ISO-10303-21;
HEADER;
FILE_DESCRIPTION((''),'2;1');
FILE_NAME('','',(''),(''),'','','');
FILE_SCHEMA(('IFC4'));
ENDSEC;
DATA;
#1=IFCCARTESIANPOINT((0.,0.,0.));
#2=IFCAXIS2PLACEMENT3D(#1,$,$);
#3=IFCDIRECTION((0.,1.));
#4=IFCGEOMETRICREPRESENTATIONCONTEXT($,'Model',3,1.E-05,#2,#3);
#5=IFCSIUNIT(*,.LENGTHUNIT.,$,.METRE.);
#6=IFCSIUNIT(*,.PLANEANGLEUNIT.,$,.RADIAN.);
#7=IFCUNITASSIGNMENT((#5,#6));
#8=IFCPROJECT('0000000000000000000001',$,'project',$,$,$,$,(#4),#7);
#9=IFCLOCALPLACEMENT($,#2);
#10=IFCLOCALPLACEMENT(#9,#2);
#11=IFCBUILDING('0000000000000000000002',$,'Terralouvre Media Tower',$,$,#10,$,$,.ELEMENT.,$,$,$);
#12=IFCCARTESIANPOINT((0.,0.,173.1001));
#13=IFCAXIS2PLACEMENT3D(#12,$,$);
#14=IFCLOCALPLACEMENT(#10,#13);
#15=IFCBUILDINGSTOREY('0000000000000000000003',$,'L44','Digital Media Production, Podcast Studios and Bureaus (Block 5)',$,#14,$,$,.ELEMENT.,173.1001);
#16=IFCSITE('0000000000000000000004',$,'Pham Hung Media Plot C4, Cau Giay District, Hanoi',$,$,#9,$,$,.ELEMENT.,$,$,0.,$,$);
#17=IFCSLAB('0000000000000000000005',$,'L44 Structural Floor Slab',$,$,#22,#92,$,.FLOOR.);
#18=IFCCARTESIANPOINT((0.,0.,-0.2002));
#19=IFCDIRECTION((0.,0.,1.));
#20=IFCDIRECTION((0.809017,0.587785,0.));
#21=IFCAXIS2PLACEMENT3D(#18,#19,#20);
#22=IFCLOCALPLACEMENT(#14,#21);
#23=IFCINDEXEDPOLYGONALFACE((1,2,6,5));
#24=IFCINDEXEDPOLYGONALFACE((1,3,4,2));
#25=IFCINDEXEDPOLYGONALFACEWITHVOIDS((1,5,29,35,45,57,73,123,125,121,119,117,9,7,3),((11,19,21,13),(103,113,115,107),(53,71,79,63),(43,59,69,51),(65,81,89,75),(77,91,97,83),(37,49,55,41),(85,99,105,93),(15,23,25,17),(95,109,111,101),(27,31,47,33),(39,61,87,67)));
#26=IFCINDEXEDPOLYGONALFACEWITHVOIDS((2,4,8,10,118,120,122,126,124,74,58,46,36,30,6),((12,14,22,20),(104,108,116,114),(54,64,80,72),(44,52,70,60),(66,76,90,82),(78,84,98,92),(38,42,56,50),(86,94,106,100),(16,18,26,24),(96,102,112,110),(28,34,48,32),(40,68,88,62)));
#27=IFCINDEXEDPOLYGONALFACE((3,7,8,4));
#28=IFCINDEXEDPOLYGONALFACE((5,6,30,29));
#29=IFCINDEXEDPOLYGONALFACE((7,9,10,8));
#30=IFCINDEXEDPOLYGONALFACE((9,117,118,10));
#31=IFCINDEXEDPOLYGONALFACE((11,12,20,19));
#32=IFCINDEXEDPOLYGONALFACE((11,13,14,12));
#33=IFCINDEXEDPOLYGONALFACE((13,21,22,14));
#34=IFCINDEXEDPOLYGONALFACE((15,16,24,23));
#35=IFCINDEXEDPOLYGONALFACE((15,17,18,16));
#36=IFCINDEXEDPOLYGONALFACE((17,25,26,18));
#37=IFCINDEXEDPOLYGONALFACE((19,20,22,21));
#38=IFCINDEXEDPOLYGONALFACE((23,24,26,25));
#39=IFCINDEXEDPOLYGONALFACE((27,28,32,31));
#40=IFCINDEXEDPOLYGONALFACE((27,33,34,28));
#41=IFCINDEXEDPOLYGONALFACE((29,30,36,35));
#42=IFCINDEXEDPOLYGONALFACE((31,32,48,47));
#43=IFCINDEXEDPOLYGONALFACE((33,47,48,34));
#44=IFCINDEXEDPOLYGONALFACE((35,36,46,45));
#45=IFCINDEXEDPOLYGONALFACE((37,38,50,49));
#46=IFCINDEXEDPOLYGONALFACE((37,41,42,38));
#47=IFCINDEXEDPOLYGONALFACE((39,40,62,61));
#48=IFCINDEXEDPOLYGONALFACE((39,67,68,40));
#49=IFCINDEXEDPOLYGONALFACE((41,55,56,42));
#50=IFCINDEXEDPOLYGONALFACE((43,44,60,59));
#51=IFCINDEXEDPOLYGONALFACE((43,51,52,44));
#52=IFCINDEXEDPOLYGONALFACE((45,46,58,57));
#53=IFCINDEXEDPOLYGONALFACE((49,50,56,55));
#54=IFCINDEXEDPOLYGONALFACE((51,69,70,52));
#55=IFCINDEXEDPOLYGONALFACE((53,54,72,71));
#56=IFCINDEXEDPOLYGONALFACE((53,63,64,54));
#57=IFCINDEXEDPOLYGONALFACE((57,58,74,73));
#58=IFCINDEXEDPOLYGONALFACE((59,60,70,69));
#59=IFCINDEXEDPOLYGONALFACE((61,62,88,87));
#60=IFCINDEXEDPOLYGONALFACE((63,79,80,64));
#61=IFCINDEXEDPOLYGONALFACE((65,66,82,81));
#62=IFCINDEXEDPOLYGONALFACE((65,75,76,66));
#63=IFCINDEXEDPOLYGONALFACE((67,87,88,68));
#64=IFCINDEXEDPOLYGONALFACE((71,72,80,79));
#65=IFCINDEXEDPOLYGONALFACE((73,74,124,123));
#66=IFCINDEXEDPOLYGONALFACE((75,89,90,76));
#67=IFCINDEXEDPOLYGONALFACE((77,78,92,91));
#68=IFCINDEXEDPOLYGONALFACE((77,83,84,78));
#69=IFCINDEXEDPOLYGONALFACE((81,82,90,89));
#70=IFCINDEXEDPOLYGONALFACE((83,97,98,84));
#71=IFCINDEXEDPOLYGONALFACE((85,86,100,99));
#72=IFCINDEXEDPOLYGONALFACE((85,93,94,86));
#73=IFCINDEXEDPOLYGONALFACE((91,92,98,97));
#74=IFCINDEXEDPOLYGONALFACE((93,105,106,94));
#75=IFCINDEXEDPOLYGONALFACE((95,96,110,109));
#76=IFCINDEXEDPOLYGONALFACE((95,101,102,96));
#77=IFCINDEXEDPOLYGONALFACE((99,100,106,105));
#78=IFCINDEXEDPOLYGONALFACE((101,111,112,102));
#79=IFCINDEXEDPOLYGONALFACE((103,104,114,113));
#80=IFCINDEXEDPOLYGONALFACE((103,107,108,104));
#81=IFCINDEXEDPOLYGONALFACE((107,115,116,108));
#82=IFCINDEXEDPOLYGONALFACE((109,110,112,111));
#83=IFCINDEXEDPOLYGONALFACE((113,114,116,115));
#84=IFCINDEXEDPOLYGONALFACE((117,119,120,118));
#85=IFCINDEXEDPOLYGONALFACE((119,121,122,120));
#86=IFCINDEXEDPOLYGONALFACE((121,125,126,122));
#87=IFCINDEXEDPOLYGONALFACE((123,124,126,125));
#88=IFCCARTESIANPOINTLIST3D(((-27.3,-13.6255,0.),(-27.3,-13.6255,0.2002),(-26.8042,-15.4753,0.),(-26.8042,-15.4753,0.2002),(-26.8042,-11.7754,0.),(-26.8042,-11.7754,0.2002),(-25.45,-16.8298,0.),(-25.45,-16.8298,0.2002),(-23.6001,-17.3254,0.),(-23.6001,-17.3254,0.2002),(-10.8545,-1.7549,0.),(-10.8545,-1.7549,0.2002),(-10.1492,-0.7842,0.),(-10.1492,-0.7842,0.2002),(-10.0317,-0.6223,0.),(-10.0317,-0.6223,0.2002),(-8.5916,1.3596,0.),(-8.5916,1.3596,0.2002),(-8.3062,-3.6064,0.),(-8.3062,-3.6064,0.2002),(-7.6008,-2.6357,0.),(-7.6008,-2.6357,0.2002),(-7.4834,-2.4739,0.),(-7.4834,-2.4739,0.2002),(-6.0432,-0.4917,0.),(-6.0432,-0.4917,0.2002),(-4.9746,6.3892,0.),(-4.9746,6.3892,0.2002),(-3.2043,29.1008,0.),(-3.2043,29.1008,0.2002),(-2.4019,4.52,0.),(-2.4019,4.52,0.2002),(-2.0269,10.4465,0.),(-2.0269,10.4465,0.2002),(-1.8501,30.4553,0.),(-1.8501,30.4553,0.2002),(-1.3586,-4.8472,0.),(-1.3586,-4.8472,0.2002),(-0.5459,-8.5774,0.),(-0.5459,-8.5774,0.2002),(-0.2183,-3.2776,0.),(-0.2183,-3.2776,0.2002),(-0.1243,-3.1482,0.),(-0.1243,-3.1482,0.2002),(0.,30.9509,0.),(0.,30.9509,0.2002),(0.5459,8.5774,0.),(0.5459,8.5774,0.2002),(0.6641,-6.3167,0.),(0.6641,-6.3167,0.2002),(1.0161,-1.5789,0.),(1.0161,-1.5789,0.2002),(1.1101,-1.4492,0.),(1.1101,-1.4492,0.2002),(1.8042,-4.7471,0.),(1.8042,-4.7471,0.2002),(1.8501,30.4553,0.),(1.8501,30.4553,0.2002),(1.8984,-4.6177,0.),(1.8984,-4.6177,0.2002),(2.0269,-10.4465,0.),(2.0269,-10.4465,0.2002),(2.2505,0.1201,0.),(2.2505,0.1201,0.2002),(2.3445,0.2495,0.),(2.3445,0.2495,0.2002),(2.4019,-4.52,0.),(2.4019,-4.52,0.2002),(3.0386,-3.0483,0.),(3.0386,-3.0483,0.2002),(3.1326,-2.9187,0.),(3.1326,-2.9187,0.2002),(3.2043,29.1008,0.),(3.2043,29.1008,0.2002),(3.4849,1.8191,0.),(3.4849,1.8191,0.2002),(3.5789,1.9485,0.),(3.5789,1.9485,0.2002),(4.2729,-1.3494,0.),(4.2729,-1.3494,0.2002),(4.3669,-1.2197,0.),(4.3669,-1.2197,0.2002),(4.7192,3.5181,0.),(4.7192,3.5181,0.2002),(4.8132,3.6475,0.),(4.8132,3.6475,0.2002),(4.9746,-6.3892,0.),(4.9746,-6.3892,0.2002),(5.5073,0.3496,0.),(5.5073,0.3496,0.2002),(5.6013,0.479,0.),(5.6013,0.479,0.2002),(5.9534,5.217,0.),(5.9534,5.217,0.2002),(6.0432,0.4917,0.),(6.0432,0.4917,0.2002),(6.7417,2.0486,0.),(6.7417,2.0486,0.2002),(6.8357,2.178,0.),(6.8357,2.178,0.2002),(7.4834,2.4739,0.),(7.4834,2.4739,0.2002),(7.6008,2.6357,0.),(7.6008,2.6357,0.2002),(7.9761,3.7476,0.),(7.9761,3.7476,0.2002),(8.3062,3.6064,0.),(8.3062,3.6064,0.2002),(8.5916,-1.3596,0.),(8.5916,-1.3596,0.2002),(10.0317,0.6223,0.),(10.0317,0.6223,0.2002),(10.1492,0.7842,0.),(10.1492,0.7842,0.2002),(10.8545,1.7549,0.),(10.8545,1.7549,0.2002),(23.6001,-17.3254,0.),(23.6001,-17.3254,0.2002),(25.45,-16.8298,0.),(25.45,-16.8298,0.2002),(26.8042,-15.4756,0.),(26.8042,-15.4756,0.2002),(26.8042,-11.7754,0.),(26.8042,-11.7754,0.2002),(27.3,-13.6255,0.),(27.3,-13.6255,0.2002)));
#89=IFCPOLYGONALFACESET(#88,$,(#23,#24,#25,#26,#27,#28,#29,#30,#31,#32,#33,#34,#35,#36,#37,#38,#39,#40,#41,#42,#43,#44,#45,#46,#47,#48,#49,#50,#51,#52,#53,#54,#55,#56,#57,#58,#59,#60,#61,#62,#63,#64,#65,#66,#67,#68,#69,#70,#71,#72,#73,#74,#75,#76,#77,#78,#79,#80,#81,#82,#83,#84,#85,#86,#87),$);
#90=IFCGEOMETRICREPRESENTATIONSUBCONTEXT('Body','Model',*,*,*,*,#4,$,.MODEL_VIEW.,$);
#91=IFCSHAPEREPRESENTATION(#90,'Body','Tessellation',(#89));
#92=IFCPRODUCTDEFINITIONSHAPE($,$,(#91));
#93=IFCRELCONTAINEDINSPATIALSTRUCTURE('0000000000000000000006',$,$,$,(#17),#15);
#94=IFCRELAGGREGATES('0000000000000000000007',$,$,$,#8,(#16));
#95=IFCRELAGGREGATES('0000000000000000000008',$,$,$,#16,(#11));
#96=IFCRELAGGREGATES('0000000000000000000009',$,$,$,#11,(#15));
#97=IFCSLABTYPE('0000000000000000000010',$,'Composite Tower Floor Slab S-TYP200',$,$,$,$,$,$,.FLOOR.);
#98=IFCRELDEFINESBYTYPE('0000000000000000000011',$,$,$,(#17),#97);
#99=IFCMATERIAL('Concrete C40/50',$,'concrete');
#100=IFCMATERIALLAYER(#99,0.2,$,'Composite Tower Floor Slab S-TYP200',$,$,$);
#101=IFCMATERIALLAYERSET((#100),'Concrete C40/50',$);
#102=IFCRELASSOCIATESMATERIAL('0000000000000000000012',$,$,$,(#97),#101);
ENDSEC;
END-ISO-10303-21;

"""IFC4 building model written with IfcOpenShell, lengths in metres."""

from ifc_helpers import new_model, si_unit, direction, frame, origin, place, context, subcontext, project, spatial, polyline, outline, extrude, material, layer, layer_set, type_object, element, save


model = new_model("IFC4")

# Units and contexts
model_context = context("Model", 3, precision=1e-05, world=origin(), true_north=direction((0.0, 1.0)))
body_context = subcontext(model_context, "Body", "Model", "MODEL_VIEW")
ifc_project = project(units=[si_unit("LENGTHUNIT", "METRE"), si_unit("PLANEANGLEUNIT", "RADIAN")], contexts=[model_context])

# Site, building, storey
site_placement = place(None, origin())
site = spatial("IfcSite", under=ifc_project, at=site_placement, Name="Pham Hung Media Plot C4, Cau Giay District, Hanoi", CompositionType="ELEMENT", RefElevation=0.0)
building_placement = place(site_placement, origin())
building = spatial("IfcBuilding", under=site, at=building_placement, Name="Terralouvre Media Tower", CompositionType="ELEMENT")
storey_placement = place(building_placement, frame((0.0, 0.0, 173.1001)))
storey = spatial("IfcBuildingStorey", under=building, at=storey_placement, Name="L44", Description="Digital Media Production, Podcast Studios and Bureaus (Block 5)", CompositionType="ELEMENT", Elevation=173.1001)

# Slab
ifc_material_1 = material(Name="Concrete C40/50", Category="concrete")
ifc_layer_1 = layer(ifc_material_1, 0.2, Name="Composite Tower Floor Slab S-TYP200")
ifc_layer_set_1 = layer_set([ifc_layer_1], Name="Concrete C40/50")
slab_type = type_object("IfcSlabType", Name="Composite Tower Floor Slab S-TYP200", PredefinedType="FLOOR", material=ifc_layer_set_1)
slab_placement = place(storey_placement, frame((0.0, 0.0, -0.2002), z_axis=(0.0, 0.0, 1.0), x_axis=(0.809017, 0.587785, 0.0)))
element("IfcSlab", 1, at=slab_placement, inside=storey, type_object=slab_type, Name="L44 Structural Floor Slab", PredefinedType="FLOOR", context=body_context, shape_type="SweptSolid", body=[
    extrude(outline(polyline([(-26.8042, -11.7754), (-27.3, -13.6255), (-26.8042, -15.4753), (-25.45, -16.8298), (-23.6001, -17.3254), (23.6001, -17.3254), (25.45, -16.8298), (26.8042, -15.4756), (27.3, -13.6255), (26.8042, -11.7754), (3.2043, 29.1008), (1.8501, 30.4553), (0.0, 30.9509), (-1.8501, 30.4553), (-3.2043, 29.1008), (-26.8042, -11.7754)]), holes=[polyline([(-7.6008, -2.6357), (-8.3062, -3.6064), (-10.8545, -1.7549), (-10.1492, -0.7842), (-7.6008, -2.6357)]), polyline([(-7.4834, -2.4739), (-10.0317, -0.6223), (-8.5916, 1.3596), (-6.0432, -0.4917), (-7.4834, -2.4739)]), polyline([(4.3669, -1.2197), (2.3445, 0.2495), (3.4849, 1.8191), (5.5073, 0.3496), (4.3669, -1.2197)]), polyline([(6.7417, 2.0486), (5.6013, 0.479), (3.5789, 1.9485), (4.7192, 3.5181), (6.7417, 2.0486)]), polyline([(-2.4019, 4.52), (-4.9746, 6.3892), (-2.0269, 10.4465), (0.5459, 8.5774), (-2.4019, 4.52)]), polyline([(6.8357, 2.178), (4.8132, 3.6475), (5.9534, 5.217), (7.9761, 3.7476), (6.8357, 2.178)]), polyline([(-0.5459, -8.5774), (2.4019, -4.52), (4.9746, -6.3892), (2.0269, -10.4465), (-0.5459, -8.5774)]), polyline([(0.6641, -6.3167), (-1.3586, -4.8472), (-0.2183, -3.2776), (1.8042, -4.7471), (0.6641, -6.3167)]), polyline([(1.8984, -4.6177), (-0.1243, -3.1482), (1.0161, -1.5789), (3.0386, -3.0483), (1.8984, -4.6177)]), polyline([(4.2729, -1.3494), (3.1326, -2.9187), (1.1101, -1.4492), (2.2505, 0.1201), (4.2729, -1.3494)]), polyline([(8.5916, -1.3596), (6.0432, 0.4917), (7.4834, 2.4739), (10.0317, 0.6223), (8.5916, -1.3596)]), polyline([(10.1492, 0.7842), (7.6008, 2.6357), (8.3062, 3.6064), (10.8545, 1.7549), (10.1492, 0.7842)])]), origin(), (0.0, 0.0, 1.0), 0.2002),
])

save(model, "model.ifc")
